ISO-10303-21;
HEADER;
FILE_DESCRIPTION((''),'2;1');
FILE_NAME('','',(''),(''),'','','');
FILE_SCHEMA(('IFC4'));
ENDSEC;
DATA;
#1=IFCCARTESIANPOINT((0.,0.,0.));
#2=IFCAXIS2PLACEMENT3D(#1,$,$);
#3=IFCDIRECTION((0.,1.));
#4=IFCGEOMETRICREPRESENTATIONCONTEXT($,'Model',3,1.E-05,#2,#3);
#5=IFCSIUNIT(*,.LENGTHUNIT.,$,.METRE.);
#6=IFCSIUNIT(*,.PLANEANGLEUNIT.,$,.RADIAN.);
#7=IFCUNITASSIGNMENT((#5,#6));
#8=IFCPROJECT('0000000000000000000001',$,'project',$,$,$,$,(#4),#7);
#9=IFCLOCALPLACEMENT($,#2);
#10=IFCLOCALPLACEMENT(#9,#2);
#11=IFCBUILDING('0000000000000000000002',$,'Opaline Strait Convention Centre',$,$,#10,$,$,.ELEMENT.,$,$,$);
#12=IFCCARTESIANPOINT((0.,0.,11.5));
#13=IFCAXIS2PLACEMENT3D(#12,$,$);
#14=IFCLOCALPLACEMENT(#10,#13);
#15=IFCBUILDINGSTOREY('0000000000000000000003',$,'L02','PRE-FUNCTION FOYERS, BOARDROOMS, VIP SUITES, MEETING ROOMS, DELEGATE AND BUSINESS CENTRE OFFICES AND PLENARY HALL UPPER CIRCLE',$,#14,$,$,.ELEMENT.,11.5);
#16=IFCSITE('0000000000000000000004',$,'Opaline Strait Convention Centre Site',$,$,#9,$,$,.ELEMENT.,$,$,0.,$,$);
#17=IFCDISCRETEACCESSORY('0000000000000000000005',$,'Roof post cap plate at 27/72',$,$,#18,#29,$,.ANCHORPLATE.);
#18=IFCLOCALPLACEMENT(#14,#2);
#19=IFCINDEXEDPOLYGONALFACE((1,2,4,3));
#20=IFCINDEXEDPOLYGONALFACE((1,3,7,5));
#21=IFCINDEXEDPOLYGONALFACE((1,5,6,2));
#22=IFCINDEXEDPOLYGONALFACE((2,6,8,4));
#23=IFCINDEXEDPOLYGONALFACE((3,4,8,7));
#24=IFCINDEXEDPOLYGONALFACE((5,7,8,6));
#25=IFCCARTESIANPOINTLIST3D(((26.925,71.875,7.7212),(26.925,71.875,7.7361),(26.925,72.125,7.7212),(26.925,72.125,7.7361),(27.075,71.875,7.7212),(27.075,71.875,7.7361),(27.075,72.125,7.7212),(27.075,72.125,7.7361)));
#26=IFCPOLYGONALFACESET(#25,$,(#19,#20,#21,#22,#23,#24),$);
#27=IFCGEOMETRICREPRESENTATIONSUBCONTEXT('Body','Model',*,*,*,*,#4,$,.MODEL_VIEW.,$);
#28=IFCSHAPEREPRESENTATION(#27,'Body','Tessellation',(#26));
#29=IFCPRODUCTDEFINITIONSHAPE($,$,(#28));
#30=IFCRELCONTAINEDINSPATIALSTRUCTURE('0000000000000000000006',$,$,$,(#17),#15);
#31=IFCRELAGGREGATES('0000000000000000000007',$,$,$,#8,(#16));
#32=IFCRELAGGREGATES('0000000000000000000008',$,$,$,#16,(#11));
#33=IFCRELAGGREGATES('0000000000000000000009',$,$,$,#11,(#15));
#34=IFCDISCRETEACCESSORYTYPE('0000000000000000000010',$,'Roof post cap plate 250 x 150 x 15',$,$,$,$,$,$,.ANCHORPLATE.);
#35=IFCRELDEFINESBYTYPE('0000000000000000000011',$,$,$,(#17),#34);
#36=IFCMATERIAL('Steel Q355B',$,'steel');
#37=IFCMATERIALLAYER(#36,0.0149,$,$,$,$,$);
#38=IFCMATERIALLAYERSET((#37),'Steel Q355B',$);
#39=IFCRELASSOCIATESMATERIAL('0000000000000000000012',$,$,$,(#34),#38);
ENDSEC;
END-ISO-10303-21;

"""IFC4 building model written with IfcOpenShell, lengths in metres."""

from ifc_helpers import new_model, si_unit, direction, frame, origin, origin_2d, place, context, subcontext, project, spatial, rectangle, extrude, material, layer, layer_set, type_object, element, save


model = new_model("IFC4")

# Units and contexts
model_context = context("Model", 3, precision=1e-05, world=origin(), true_north=direction((0.0, 1.0)))
body_context = subcontext(model_context, "Body", "Model", "MODEL_VIEW")
ifc_project = project(units=[si_unit("LENGTHUNIT", "METRE"), si_unit("PLANEANGLEUNIT", "RADIAN")], contexts=[model_context])

# Site, building, storey
site_placement = place(None, origin())
site = spatial("IfcSite", under=ifc_project, at=site_placement, Name="Opaline Strait Convention Centre Site", CompositionType="ELEMENT", RefElevation=0.0)
building_placement = place(site_placement, origin())
building = spatial("IfcBuilding", under=site, at=building_placement, Name="Opaline Strait Convention Centre", CompositionType="ELEMENT")
storey_placement = place(building_placement, frame((0.0, 0.0, 11.5)))
storey = spatial("IfcBuildingStorey", under=building, at=storey_placement, Name="L02", Description="PRE-FUNCTION FOYERS, BOARDROOMS, VIP SUITES, MEETING ROOMS, DELEGATE AND BUSINESS CENTRE OFFICES AND PLENARY HALL UPPER CIRCLE", CompositionType="ELEMENT", Elevation=11.5)

# Shared definitions
ifc_material_1 = material(Name="Steel Q355B", Category="steel")

# Discrete accessory
ifc_layer_1 = layer(ifc_material_1, 0.0149)
ifc_layer_set_1 = layer_set([ifc_layer_1], Name="Steel Q355B")
discrete_accessory_type_1 = type_object("IfcDiscreteAccessoryType", Name="Roof post cap plate 250 x 150 x 15", PredefinedType="ANCHORPLATE", material=ifc_layer_set_1)
for number, where, z_axis, x_axis, name in (
    (1, (27.0, 72.0, 7.7212), (0.0, 0.0, 1.0), (1.0, 0.0, 0.0), "Roof post cap plate at 27/72"),
):
    element("IfcDiscreteAccessory", number, at=place(storey_placement, frame(where, z_axis=z_axis, x_axis=x_axis)), inside=storey, type_object=discrete_accessory_type_1, Name=name, PredefinedType="ANCHORPLATE", context=body_context, shape_type="SweptSolid", body=[
        extrude(rectangle(XDim=0.1499, YDim=0.25, at=origin_2d()), origin(), (0.0, 0.0, 1.0), 0.0149),
    ])

save(model, "model.ifc")
